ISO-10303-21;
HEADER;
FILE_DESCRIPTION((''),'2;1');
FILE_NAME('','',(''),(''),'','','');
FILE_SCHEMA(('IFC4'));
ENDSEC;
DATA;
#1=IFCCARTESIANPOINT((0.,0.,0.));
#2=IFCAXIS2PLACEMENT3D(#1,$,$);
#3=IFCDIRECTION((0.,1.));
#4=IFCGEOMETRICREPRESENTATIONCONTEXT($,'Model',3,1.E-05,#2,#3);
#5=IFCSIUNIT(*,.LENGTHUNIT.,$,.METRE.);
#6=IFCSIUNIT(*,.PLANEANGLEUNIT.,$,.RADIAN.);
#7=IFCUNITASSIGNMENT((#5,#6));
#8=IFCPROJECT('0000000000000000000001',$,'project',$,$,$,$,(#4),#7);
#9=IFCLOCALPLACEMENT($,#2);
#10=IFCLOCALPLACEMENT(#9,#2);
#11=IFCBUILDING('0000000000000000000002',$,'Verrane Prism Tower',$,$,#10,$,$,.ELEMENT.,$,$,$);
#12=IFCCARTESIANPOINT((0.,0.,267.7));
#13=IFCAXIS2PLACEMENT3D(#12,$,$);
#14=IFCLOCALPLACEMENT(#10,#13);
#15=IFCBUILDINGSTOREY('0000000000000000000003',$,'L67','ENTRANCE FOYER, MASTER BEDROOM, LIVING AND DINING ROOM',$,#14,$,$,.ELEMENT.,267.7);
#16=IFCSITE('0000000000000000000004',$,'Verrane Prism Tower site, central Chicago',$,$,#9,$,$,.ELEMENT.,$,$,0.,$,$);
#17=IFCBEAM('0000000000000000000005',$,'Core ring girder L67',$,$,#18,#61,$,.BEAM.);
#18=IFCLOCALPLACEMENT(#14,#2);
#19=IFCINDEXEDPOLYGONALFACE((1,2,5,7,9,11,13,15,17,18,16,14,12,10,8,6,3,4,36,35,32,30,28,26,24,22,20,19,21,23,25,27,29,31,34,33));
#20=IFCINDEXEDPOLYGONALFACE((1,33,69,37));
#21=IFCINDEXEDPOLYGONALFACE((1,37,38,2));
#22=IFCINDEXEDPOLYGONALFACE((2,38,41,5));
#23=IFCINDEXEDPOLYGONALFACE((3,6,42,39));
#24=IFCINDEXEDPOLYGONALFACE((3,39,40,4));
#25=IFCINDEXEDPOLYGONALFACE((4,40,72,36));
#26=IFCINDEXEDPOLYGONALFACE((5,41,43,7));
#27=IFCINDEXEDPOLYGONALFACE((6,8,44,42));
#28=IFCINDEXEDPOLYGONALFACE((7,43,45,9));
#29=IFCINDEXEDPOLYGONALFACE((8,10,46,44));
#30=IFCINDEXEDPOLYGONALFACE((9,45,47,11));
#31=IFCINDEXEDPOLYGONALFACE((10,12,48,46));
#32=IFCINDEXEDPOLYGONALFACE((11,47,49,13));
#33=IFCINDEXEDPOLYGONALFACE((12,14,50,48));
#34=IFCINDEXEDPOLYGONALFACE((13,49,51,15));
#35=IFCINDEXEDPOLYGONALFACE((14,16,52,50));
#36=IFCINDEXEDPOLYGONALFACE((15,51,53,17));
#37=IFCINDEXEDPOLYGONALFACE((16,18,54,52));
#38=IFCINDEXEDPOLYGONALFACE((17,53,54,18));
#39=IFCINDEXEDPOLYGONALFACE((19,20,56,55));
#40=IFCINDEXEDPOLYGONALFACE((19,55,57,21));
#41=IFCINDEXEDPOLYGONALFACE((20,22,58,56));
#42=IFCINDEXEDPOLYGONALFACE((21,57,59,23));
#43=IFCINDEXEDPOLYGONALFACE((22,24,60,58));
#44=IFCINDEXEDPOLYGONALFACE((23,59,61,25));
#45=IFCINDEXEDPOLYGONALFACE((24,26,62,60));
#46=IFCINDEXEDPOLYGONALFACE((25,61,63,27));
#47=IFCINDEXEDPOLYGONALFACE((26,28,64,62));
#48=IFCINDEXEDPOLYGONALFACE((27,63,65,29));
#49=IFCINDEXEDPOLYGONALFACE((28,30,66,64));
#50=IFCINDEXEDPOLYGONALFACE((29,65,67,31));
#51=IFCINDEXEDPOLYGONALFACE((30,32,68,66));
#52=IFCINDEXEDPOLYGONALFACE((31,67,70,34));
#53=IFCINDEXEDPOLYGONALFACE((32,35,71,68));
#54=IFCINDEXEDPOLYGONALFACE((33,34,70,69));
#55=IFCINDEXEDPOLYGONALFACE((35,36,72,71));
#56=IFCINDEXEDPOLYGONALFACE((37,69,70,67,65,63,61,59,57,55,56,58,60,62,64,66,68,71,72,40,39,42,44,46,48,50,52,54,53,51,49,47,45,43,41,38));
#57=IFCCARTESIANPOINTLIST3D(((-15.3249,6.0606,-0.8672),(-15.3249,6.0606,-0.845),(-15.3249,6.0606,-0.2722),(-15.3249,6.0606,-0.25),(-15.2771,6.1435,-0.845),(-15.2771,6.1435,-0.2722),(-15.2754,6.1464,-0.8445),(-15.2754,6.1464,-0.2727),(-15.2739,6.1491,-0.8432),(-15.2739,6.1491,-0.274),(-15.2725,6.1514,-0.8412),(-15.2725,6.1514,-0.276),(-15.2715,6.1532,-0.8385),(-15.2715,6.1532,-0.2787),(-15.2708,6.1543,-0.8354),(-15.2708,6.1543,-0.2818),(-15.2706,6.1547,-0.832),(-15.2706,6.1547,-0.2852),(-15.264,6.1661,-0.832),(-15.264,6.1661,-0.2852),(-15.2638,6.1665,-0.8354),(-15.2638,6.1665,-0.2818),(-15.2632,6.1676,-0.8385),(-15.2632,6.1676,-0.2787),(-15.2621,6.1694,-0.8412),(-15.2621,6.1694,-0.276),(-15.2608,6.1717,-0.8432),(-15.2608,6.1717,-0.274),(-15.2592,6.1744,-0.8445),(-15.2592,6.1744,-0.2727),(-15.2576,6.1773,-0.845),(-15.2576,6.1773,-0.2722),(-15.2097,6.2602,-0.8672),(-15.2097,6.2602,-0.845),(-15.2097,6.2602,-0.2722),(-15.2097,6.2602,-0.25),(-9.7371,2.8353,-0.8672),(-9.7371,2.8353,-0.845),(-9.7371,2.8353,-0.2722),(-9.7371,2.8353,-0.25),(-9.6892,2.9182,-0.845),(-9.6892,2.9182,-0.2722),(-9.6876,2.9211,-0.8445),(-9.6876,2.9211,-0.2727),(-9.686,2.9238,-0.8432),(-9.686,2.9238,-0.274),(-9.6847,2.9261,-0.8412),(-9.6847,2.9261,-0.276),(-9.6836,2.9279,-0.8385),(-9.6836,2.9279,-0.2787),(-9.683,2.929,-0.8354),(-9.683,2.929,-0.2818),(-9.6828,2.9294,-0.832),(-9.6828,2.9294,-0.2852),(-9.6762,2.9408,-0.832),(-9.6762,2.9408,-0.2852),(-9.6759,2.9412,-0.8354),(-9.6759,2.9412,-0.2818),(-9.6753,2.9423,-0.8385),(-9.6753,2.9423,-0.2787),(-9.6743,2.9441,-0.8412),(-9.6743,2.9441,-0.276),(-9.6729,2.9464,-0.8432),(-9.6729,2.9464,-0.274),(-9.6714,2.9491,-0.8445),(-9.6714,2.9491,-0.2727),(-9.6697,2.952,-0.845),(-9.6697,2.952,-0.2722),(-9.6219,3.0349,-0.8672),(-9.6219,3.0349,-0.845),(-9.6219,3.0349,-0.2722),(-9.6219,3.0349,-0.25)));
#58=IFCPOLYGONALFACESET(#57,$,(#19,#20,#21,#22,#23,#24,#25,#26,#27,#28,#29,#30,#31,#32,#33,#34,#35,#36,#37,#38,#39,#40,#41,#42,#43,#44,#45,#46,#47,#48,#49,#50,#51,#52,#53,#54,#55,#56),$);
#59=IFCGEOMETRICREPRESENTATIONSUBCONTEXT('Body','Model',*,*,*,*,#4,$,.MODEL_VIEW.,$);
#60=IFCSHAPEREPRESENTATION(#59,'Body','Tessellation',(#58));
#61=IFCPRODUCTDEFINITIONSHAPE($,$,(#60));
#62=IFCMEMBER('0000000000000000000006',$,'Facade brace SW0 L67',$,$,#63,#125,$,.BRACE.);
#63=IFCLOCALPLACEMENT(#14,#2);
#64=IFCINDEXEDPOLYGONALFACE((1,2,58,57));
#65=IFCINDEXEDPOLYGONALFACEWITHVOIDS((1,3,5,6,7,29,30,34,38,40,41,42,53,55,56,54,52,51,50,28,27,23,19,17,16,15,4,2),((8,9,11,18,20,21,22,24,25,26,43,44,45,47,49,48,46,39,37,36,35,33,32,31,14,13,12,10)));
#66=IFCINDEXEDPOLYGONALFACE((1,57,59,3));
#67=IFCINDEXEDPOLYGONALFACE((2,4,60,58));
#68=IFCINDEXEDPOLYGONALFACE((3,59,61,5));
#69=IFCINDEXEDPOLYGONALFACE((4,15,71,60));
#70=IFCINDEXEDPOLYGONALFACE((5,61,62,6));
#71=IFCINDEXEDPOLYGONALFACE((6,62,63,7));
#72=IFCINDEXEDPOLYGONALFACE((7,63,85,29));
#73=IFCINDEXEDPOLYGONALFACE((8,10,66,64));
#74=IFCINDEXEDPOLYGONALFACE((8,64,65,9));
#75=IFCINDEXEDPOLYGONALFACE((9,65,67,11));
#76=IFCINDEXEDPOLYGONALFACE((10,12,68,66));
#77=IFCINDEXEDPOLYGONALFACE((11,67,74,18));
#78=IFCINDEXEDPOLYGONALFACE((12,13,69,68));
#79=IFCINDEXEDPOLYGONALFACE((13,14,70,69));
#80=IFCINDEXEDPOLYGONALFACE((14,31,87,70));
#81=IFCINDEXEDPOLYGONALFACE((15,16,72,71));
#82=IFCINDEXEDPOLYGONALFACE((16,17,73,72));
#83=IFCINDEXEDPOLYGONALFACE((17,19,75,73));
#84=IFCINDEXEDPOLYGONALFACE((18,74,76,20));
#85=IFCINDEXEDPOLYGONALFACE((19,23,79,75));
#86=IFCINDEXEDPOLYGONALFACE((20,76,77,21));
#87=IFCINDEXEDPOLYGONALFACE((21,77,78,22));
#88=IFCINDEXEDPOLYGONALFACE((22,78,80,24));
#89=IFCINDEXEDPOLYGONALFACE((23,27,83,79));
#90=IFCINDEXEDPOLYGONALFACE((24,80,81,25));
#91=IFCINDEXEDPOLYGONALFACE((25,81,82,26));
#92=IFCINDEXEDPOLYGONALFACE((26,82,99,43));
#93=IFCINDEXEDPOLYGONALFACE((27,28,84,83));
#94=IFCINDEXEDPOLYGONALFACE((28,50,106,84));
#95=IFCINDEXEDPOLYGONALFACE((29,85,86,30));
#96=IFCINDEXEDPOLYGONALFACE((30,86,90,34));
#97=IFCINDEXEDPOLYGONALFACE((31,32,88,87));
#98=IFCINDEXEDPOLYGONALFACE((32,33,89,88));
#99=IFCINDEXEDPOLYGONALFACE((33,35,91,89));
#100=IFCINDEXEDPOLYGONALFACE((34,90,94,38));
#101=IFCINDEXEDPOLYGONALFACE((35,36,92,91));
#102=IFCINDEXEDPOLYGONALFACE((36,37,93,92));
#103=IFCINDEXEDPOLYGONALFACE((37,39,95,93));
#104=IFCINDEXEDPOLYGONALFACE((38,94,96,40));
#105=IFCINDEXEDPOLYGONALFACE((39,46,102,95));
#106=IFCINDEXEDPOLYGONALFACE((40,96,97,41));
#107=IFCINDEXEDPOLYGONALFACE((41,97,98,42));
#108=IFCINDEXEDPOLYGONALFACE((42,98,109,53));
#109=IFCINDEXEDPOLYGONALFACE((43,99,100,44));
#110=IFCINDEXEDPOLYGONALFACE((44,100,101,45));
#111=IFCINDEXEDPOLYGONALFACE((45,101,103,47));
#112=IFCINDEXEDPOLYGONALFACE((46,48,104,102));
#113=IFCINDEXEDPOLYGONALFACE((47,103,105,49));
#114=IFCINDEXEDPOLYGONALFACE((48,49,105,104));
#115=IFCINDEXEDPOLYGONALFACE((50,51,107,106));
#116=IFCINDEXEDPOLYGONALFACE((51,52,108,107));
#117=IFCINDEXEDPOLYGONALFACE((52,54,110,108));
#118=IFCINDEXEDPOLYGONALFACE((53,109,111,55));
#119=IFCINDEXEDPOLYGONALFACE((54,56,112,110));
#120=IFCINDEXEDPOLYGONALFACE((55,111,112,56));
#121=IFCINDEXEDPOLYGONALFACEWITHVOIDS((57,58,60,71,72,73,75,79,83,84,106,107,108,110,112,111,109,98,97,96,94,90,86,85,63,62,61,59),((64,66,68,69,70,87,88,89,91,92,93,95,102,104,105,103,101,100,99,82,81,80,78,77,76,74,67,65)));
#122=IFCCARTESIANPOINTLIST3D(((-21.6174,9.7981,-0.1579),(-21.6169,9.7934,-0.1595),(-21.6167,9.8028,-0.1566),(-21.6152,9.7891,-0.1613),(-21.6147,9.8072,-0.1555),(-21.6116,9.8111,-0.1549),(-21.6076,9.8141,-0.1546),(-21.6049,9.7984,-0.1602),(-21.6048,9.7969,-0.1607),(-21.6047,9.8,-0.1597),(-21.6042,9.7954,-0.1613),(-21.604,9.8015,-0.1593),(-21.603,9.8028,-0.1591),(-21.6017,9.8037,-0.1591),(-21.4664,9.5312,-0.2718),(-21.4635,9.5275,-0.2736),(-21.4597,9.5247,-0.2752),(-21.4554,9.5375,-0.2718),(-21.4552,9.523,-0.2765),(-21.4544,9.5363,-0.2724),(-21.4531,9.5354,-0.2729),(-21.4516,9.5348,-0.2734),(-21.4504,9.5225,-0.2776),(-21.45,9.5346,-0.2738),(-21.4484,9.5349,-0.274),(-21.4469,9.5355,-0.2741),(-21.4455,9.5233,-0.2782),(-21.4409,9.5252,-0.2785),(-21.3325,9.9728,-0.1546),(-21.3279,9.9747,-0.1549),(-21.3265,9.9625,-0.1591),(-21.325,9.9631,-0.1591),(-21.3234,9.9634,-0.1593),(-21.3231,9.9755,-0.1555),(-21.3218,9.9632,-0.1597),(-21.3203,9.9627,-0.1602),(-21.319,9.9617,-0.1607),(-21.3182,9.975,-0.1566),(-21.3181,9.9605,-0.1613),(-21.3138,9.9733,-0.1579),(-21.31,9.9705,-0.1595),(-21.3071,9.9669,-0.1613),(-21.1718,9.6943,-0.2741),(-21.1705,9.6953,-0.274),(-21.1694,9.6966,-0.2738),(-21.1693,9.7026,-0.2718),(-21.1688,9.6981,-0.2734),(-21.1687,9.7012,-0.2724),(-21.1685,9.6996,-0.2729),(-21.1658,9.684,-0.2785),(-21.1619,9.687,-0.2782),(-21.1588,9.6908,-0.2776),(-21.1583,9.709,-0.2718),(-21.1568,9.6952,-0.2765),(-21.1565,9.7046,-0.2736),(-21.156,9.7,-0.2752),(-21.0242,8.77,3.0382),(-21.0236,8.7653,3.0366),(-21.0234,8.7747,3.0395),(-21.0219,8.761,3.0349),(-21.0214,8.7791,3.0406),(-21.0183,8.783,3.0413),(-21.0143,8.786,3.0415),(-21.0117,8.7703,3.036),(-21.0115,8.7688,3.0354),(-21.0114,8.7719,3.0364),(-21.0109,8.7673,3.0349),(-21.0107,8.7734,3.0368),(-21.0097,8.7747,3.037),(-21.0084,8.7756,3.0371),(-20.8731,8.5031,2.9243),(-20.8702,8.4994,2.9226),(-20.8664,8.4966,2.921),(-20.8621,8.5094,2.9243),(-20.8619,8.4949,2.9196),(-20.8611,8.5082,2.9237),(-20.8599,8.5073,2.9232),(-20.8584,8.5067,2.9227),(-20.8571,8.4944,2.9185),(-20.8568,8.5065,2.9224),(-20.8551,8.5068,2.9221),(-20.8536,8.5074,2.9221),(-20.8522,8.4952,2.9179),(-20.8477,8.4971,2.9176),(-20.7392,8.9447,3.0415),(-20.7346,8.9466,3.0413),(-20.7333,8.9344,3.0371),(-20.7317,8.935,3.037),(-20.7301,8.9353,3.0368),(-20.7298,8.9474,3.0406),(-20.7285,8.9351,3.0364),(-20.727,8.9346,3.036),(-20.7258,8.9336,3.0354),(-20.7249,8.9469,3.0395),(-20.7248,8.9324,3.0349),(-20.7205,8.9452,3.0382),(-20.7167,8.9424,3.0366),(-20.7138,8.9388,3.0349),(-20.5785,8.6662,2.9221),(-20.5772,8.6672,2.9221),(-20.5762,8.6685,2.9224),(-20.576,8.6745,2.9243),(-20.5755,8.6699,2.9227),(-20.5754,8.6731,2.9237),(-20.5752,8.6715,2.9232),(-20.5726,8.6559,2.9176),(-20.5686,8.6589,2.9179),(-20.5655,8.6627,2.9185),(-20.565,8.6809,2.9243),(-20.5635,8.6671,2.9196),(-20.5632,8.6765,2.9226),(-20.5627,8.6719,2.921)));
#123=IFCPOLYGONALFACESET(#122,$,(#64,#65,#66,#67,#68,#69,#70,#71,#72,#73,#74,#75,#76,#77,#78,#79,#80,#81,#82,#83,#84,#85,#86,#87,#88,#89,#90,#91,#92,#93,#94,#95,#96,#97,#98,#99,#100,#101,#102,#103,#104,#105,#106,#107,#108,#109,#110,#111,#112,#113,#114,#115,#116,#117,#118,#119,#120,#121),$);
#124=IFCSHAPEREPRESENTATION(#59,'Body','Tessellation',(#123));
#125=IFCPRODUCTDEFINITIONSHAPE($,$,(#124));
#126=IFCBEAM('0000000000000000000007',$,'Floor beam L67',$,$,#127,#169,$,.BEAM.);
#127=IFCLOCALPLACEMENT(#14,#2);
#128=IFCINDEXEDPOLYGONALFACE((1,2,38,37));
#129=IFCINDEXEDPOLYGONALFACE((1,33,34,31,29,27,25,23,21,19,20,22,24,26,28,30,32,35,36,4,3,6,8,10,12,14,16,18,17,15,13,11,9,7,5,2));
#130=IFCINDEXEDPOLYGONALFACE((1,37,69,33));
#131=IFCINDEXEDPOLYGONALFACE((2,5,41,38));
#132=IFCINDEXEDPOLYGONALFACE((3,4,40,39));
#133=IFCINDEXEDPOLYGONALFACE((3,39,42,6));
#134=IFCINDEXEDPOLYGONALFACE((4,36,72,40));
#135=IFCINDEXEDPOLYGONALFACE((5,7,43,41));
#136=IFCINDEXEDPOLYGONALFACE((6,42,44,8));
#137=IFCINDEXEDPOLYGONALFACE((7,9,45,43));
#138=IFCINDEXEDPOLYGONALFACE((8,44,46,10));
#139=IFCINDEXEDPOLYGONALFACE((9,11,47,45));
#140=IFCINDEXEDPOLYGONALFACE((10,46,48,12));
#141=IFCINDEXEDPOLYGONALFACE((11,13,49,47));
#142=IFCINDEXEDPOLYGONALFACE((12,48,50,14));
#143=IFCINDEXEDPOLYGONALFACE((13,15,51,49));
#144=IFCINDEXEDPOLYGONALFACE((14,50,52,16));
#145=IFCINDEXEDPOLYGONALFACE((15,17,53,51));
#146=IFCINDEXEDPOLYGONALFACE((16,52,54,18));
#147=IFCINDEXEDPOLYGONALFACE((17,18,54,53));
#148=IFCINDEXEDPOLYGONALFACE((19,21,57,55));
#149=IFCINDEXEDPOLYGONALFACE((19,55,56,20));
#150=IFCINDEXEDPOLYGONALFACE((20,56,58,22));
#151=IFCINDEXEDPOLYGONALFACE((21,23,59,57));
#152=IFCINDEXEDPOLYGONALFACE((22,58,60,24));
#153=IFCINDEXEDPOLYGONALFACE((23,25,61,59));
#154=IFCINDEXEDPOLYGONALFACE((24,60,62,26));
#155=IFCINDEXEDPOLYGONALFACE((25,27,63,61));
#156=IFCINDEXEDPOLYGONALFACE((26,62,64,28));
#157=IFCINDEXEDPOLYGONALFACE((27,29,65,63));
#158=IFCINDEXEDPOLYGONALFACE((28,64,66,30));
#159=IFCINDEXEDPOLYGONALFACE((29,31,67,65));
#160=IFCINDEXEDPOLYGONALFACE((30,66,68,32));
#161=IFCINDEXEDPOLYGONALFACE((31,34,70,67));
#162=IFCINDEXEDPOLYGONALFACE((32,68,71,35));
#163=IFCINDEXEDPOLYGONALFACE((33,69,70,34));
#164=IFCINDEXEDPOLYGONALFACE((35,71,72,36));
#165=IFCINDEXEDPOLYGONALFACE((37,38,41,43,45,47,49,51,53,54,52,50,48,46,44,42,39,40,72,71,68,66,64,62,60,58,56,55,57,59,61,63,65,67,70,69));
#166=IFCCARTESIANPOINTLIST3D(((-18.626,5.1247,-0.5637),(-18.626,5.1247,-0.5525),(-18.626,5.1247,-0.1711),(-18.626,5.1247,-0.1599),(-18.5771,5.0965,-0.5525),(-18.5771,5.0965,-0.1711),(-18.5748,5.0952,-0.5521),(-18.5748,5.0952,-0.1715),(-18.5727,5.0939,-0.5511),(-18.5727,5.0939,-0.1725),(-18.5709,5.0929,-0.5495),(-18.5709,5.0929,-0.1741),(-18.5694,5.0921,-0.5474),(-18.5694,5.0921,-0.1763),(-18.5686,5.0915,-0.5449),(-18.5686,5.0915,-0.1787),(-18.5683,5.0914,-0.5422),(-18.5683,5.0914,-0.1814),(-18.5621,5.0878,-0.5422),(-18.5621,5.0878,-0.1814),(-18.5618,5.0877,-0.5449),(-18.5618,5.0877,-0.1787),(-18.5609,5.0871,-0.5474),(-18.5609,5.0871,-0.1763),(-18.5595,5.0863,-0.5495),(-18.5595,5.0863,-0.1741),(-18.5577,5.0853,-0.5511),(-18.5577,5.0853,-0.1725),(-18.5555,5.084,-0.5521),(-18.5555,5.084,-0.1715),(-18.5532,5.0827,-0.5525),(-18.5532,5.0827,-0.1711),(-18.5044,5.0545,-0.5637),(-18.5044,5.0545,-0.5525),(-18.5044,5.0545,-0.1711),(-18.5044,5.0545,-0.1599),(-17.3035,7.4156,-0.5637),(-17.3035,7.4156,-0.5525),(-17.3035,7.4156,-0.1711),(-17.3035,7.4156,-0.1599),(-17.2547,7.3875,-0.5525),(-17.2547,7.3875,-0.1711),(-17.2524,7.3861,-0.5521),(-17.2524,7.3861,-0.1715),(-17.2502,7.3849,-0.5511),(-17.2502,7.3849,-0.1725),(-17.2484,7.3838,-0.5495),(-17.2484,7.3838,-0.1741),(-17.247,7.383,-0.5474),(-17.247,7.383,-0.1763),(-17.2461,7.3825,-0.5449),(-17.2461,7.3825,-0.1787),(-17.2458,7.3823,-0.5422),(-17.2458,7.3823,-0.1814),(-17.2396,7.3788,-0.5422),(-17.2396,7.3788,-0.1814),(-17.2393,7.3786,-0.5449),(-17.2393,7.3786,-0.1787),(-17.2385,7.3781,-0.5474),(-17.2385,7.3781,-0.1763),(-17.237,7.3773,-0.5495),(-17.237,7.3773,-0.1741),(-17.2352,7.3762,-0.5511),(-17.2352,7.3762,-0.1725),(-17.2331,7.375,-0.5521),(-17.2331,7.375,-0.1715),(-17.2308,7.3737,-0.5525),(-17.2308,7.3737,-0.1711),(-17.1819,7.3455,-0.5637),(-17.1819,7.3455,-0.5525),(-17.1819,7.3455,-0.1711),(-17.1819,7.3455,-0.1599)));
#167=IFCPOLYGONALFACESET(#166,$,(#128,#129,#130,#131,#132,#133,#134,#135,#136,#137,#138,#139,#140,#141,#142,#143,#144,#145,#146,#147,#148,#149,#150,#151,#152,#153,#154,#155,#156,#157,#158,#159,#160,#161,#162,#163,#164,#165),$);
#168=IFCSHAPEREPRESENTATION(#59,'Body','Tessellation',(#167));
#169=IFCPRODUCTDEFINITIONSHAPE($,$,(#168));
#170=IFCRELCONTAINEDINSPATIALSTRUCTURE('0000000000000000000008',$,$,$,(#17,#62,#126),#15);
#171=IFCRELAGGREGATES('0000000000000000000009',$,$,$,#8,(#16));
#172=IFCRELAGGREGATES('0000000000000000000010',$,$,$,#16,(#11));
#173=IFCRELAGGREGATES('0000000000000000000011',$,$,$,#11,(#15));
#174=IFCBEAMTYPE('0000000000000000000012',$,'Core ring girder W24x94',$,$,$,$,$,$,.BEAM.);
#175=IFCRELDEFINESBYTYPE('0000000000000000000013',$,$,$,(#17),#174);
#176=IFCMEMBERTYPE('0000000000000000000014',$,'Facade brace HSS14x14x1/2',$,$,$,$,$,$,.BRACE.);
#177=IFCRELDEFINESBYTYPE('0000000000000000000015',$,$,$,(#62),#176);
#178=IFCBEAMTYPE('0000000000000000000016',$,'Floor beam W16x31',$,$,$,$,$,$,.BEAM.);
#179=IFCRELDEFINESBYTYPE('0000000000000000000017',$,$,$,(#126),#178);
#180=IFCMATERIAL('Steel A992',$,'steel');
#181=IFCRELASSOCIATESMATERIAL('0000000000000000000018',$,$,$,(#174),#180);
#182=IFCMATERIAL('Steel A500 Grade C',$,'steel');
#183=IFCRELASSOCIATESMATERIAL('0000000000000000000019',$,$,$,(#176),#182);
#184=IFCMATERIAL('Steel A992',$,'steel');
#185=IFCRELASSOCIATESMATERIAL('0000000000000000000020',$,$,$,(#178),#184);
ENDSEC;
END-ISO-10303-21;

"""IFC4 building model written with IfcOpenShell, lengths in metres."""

from ifc_helpers import new_model, si_unit, direction, frame, origin, origin_2d, place, context, subcontext, project, spatial, hollow_rectangle, i_section, extrude, material, material_profile, profile_set, type_object, element, save


model = new_model("IFC4")

# Units and contexts
model_context = context("Model", 3, precision=1e-05, world=origin(), true_north=direction((0.0, 1.0)))
body_context = subcontext(model_context, "Body", "Model", "MODEL_VIEW")
ifc_project = project(units=[si_unit("LENGTHUNIT", "METRE"), si_unit("PLANEANGLEUNIT", "RADIAN")], contexts=[model_context])

# Site, building, storey
site_placement = place(None, origin())
site = spatial("IfcSite", under=ifc_project, at=site_placement, Name="Verrane Prism Tower site, central Chicago", CompositionType="ELEMENT", RefElevation=0.0)
building_placement = place(site_placement, origin())
building = spatial("IfcBuilding", under=site, at=building_placement, Name="Verrane Prism Tower", CompositionType="ELEMENT")
storey_placement = place(building_placement, frame((0.0, 0.0, 267.7)))
storey = spatial("IfcBuildingStorey", under=building, at=storey_placement, Name="L67", Description="ENTRANCE FOYER, MASTER BEDROOM, LIVING AND DINING ROOM", CompositionType="ELEMENT", Elevation=267.7)

# Beam
ifc_material_1 = material(Name="Steel A992", Category="steel")
ifc_material_profile_1 = material_profile(ifc_material_1, i_section(OverallWidth=0.2305, OverallDepth=0.6172, WebThickness=0.0132, FlangeThickness=0.0222, FilletRadius=0.0129, at=origin_2d()), Name="W24x94")
ifc_profile_set_1 = profile_set([ifc_material_profile_1], Name="Steel A992")
beam_type_1 = type_object("IfcBeamType", Name="Core ring girder W24x94", PredefinedType="BEAM", material=ifc_profile_set_1)
beam_1_placement = place(storey_placement, frame((-15.2673, 6.1604, -0.5586), z_axis=(0.866081, -0.499904, 0.0), x_axis=(0.499904, 0.866081, 0.0)))
element("IfcBeam", 1, at=beam_1_placement, inside=storey, type_object=beam_type_1, Name="Core ring girder L67", PredefinedType="BEAM", context=body_context, shape_type="SweptSolid", body=[
    extrude(i_section(OverallWidth=0.2305, OverallDepth=0.6172, WebThickness=0.0132, FlangeThickness=0.0222, FilletRadius=0.0129, at=origin_2d()), origin(), (0.0, 0.0, 1.0), 6.4519),
])

# Member
ifc_material_2 = material(Name="Steel A500 Grade C", Category="steel")
ifc_material_profile_2 = material_profile(ifc_material_2, hollow_rectangle(XDim=0.3557, YDim=0.3557, WallThickness=0.0127, InnerFilletRadius=0.0063, OuterFilletRadius=0.019, at=origin_2d()), Name="HSS14x14x1/2")
ifc_profile_set_2 = profile_set([ifc_material_profile_2], Name="Steel A500 Grade C")
member_type_1 = type_object("IfcMemberType", Name="Facade brace HSS14x14x1/2", PredefinedType="BRACE", material=ifc_profile_set_2)
member_1_placement = place(storey_placement, frame((-21.3867, 9.749, -0.2166), z_axis=(0.174011, -0.301547, 0.937438), x_axis=(0.866134, 0.499811, 0.0)))
element("IfcMember", 2, at=member_1_placement, inside=storey, type_object=member_type_1, Name="Facade brace SW0 L67", PredefinedType="BRACE", context=body_context, shape_type="SweptSolid", body=[
    extrude(hollow_rectangle(XDim=0.3557, YDim=0.3557, WallThickness=0.0127, InnerFilletRadius=0.0063, OuterFilletRadius=0.019, at=origin_2d()), origin(), (0.0, 0.0, 1.0), 3.4094),
])

# Beam
ifc_material_3 = material(Name="Steel A992", Category="steel")
ifc_material_profile_3 = material_profile(ifc_material_3, i_section(OverallWidth=0.1404, OverallDepth=0.4038, WebThickness=0.0071, FlangeThickness=0.0112, FilletRadius=0.0103, at=origin_2d()), Name="W16x31")
ifc_profile_set_3 = profile_set([ifc_material_profile_3], Name="Steel A992")
beam_type_2 = type_object("IfcBeamType", Name="Floor beam W16x31", PredefinedType="BEAM", material=ifc_profile_set_3)
beam_2_placement = place(storey_placement, frame((-18.5652, 5.0896, -0.3618), z_axis=(0.499941, 0.86606, 0.0), x_axis=(-0.86606, 0.499941, 0.0)))
element("IfcBeam", 3, at=beam_2_placement, inside=storey, type_object=beam_type_2, Name="Floor beam L67", PredefinedType="BEAM", context=body_context, shape_type="SweptSolid", body=[
    extrude(i_section(OverallWidth=0.1404, OverallDepth=0.4038, WebThickness=0.0071, FlangeThickness=0.0112, FilletRadius=0.0103, at=origin_2d()), origin(), (0.0, 0.0, 1.0), 2.6453),
])

save(model, "model.ifc")
